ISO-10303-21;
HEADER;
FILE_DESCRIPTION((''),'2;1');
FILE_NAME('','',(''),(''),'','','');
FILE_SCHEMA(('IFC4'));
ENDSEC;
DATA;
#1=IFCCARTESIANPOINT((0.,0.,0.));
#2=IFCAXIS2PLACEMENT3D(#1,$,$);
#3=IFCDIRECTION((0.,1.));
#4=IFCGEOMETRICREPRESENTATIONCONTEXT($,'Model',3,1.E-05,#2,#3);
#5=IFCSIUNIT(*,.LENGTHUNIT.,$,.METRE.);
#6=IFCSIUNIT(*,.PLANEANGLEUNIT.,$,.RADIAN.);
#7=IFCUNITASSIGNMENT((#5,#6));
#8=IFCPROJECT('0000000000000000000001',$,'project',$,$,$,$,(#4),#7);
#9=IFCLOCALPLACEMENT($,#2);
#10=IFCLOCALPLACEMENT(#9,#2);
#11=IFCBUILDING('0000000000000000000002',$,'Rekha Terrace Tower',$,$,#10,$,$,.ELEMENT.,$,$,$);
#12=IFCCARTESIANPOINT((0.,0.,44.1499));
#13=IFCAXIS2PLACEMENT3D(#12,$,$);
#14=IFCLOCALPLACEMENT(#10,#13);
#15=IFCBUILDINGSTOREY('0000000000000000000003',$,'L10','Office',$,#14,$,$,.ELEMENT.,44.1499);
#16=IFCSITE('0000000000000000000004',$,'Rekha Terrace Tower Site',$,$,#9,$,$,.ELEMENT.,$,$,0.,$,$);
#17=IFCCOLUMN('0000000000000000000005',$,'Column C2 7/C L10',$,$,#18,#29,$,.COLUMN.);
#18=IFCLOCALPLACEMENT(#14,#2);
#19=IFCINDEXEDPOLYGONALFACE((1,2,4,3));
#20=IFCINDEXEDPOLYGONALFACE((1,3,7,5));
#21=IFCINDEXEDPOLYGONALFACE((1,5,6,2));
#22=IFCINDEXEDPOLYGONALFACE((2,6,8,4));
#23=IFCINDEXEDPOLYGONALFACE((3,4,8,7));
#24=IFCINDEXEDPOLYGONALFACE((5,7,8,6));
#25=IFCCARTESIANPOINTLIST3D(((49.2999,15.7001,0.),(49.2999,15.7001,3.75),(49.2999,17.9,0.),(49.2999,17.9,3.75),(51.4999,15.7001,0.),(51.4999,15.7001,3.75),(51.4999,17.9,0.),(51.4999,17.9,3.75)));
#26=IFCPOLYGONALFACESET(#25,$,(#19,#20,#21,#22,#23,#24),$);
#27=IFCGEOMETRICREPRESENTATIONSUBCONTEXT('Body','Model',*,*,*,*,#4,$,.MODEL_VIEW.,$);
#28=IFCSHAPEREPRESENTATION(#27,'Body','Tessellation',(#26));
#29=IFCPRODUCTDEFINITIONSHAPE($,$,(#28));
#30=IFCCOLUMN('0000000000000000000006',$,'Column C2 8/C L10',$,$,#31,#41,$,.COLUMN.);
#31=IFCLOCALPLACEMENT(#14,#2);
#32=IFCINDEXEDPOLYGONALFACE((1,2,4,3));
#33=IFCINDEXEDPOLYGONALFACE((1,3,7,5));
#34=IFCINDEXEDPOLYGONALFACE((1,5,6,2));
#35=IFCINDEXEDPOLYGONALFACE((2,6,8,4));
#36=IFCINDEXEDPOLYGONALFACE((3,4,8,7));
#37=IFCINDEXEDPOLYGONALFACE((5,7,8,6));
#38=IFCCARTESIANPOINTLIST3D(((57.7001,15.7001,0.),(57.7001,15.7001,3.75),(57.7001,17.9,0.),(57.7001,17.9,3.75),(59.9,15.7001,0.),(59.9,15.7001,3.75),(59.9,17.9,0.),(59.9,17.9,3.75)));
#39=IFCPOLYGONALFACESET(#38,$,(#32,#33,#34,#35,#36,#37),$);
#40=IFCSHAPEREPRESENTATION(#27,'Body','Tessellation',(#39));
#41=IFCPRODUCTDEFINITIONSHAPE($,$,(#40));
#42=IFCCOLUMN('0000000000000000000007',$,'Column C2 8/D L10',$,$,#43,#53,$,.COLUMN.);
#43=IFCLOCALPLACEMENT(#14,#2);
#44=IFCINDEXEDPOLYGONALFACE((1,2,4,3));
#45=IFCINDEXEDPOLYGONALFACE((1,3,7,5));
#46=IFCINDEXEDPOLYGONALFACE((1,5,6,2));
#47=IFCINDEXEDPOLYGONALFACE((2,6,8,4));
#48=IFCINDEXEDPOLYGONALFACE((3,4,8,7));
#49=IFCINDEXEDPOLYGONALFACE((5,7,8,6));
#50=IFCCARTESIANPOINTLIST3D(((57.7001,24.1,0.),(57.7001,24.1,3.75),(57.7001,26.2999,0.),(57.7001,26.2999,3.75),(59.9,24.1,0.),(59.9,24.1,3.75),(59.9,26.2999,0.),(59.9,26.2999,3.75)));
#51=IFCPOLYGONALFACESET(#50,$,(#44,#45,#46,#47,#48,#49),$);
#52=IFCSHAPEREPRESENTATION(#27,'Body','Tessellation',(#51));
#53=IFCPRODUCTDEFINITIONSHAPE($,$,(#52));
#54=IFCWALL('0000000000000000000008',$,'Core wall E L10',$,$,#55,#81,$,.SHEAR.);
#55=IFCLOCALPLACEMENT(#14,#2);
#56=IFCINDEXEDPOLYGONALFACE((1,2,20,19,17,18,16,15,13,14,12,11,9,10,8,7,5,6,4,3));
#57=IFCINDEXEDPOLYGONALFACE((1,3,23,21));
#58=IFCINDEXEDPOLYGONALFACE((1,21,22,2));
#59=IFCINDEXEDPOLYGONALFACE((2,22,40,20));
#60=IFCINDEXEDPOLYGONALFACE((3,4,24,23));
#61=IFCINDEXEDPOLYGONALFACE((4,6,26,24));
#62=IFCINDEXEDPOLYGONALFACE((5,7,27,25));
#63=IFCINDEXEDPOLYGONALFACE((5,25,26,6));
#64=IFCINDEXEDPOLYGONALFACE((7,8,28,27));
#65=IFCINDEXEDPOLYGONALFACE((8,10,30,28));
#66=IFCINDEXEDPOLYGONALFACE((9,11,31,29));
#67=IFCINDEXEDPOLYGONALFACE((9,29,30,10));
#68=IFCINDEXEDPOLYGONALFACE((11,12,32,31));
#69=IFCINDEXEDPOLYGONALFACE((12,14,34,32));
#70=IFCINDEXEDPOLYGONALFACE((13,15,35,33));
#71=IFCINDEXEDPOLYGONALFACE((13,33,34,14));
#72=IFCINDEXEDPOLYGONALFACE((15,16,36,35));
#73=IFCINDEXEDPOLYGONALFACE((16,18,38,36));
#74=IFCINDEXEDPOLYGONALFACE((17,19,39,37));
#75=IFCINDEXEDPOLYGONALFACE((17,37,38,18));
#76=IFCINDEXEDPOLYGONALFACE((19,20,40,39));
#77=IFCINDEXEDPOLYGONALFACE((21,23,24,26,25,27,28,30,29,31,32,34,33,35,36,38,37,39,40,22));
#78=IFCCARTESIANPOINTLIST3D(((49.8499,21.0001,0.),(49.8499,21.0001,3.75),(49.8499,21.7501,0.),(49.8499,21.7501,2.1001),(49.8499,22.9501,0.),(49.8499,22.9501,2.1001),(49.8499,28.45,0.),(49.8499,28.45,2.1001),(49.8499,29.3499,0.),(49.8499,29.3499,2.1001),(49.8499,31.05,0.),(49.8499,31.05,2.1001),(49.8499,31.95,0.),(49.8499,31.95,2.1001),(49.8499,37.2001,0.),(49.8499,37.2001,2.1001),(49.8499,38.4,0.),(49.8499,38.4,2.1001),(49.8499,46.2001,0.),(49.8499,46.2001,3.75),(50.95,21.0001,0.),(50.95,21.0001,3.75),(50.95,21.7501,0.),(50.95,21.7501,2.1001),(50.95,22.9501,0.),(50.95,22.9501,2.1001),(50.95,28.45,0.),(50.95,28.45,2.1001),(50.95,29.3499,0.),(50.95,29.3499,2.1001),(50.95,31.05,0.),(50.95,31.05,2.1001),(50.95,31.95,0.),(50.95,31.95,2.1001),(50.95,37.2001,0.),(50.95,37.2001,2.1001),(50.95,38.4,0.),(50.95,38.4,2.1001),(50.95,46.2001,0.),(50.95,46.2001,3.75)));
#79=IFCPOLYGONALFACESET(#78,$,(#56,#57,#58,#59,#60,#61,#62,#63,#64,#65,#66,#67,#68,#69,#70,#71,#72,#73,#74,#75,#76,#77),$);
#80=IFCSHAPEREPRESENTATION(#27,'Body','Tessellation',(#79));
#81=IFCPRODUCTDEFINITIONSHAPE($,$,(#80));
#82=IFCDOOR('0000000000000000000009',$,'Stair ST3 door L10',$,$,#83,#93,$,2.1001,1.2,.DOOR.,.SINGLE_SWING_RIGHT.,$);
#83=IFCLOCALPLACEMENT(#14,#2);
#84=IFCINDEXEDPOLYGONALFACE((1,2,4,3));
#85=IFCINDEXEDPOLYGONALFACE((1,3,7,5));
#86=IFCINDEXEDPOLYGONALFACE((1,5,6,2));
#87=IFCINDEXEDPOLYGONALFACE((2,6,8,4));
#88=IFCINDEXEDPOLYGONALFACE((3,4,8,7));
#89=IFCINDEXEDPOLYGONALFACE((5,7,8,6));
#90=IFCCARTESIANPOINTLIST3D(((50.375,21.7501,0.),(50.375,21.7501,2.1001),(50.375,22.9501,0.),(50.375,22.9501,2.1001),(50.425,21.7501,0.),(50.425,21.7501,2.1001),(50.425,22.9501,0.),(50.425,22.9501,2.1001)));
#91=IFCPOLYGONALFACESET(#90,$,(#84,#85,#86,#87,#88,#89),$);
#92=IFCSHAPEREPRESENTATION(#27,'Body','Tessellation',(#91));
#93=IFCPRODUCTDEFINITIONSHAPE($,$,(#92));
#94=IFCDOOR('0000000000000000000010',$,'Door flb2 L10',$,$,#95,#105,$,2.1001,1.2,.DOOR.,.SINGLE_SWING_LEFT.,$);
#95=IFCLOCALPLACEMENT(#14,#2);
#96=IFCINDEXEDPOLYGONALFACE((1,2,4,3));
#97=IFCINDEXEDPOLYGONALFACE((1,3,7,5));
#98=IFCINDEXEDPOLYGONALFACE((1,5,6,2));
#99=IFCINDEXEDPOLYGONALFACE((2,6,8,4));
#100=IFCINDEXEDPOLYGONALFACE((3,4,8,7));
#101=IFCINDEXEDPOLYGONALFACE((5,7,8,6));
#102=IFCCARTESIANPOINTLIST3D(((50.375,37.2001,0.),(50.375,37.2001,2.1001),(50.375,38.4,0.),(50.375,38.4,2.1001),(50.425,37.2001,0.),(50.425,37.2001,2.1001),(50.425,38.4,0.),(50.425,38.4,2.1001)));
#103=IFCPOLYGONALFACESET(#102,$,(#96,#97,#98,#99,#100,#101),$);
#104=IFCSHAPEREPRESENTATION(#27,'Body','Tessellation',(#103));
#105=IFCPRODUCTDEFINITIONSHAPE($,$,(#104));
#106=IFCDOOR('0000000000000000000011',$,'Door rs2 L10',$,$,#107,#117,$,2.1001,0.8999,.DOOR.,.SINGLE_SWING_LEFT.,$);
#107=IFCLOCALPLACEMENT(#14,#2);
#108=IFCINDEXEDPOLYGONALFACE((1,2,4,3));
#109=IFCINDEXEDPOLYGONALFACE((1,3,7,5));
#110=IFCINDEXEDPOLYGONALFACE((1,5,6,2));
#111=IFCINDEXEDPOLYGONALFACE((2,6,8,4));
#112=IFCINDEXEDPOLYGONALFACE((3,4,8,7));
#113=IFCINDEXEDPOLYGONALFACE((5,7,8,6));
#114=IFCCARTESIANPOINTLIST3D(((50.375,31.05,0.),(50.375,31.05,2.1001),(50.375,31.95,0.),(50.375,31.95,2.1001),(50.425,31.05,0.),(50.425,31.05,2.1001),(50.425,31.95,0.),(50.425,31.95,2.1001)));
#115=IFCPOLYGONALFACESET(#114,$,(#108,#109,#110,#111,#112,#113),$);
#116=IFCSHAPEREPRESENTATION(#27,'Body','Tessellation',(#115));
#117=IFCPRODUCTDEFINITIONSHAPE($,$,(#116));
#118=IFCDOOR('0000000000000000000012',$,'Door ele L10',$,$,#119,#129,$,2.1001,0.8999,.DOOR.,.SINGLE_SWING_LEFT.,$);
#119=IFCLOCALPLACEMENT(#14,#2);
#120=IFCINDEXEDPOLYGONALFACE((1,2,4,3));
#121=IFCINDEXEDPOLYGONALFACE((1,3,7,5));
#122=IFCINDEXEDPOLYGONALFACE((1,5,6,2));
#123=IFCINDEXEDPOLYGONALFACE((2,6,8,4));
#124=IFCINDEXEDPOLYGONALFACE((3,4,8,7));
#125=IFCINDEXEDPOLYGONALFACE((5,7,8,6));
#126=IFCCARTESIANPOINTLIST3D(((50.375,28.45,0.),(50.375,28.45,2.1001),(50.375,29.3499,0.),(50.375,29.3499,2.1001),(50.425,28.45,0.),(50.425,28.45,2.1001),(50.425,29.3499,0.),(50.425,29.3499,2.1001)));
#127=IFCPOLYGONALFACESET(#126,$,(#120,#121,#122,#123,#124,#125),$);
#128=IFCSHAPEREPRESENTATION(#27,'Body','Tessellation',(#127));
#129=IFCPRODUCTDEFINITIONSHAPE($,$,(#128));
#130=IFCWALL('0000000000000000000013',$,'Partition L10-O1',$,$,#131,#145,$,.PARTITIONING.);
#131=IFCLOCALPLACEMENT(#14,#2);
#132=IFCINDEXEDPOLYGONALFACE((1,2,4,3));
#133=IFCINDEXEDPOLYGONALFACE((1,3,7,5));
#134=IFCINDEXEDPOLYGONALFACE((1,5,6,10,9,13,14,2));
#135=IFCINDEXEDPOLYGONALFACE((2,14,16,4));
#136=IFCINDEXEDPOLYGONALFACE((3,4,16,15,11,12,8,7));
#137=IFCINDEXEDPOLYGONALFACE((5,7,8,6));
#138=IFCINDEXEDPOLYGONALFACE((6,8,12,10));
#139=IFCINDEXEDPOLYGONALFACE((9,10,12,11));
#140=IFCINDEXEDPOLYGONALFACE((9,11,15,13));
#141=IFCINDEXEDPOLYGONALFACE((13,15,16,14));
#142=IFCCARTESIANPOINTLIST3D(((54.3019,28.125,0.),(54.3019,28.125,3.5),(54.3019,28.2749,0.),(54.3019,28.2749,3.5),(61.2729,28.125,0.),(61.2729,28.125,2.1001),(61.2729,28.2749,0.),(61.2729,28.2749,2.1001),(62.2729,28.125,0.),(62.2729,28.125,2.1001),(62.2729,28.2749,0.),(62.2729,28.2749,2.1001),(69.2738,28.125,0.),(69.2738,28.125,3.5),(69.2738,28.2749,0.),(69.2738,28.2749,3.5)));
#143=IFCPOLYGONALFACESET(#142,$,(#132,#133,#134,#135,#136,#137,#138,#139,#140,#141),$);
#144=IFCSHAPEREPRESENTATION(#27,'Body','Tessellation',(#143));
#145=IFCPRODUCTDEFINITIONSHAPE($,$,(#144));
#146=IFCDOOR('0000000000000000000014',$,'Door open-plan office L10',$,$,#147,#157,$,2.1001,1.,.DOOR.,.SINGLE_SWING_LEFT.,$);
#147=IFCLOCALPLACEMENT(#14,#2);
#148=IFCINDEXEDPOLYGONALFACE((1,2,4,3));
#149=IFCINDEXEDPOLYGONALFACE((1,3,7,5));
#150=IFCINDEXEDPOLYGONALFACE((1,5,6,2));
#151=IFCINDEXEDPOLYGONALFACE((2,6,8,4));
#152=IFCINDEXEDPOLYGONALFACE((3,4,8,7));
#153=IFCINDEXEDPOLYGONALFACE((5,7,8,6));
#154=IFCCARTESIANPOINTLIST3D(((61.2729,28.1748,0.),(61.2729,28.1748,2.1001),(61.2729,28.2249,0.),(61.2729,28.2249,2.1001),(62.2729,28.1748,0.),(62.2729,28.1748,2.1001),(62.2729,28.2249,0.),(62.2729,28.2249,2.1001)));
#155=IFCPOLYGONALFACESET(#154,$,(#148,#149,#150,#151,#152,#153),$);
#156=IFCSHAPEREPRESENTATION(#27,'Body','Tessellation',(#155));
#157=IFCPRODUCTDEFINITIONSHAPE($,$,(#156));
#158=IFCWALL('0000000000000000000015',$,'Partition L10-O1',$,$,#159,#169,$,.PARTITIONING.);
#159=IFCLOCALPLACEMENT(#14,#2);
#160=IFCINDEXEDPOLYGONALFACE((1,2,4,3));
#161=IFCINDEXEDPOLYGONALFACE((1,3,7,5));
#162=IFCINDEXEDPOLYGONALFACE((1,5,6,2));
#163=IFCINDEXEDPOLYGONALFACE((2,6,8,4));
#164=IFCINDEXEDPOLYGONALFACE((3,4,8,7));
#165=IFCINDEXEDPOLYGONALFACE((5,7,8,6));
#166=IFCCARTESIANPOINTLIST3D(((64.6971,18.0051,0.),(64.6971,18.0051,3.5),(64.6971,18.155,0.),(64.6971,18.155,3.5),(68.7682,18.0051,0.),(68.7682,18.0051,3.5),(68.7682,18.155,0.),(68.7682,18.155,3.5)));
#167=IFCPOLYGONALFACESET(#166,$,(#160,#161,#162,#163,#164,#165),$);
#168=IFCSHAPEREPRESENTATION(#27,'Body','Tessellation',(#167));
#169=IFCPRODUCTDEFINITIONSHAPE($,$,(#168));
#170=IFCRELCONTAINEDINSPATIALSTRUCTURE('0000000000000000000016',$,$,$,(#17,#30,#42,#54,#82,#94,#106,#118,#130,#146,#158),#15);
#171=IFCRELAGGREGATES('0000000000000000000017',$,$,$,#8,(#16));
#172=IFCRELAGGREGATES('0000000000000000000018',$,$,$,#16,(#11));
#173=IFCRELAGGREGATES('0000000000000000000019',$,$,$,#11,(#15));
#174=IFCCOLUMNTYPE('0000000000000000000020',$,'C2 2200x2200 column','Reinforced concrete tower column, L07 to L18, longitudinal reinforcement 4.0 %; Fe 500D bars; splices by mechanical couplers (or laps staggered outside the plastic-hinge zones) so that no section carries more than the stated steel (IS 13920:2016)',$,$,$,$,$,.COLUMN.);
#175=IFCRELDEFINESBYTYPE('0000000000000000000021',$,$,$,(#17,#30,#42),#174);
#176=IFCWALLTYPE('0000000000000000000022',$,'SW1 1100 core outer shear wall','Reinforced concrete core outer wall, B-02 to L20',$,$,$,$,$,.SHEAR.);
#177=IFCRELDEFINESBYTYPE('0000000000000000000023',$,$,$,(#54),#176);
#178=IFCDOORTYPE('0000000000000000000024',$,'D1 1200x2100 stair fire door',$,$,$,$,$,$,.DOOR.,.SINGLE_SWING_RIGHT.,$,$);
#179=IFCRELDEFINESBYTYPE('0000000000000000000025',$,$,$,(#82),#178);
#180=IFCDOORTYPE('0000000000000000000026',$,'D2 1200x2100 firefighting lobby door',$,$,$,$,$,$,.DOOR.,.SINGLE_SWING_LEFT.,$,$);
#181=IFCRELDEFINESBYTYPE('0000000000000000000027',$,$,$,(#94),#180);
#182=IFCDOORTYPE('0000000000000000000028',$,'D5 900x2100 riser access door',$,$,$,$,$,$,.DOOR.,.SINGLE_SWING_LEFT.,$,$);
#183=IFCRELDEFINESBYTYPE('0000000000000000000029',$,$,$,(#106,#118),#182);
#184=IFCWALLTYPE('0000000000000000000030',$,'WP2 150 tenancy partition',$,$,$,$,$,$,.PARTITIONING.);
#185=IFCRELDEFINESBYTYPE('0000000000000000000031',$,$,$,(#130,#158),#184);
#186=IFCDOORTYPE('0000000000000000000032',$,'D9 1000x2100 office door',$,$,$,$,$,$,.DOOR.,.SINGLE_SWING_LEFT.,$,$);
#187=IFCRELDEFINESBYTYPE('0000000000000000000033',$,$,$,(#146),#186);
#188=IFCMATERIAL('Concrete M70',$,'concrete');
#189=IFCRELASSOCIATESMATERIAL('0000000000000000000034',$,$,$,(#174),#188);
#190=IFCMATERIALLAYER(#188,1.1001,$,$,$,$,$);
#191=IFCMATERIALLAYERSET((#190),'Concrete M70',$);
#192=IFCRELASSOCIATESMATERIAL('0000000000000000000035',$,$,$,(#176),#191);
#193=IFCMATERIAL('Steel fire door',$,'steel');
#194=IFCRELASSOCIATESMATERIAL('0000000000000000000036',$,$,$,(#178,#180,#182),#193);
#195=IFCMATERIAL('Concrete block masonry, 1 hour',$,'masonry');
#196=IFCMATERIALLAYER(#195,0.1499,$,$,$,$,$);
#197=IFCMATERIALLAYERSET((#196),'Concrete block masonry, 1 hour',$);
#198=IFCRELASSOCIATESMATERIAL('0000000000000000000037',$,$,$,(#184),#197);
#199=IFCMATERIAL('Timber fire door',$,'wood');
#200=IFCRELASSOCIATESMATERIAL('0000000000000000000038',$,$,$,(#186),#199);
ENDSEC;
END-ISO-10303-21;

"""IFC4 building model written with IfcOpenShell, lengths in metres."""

from ifc_helpers import new_model, si_unit, direction, frame, frame_2d, origin, origin_2d, place, context, subcontext, project, spatial, rectangle, extrude, material, layer, layer_set, material_profile, profile_set, type_object, element, fill, save


model = new_model("IFC4")

# Units and contexts
model_context = context("Model", 3, precision=1e-05, world=origin(), true_north=direction((0.0, 1.0)))
body_context = subcontext(model_context, "Body", "Model", "MODEL_VIEW")
ifc_project = project(units=[si_unit("LENGTHUNIT", "METRE"), si_unit("PLANEANGLEUNIT", "RADIAN")], contexts=[model_context])

# Site, building, storey
site_placement = place(None, origin())
site = spatial("IfcSite", under=ifc_project, at=site_placement, Name="Rekha Terrace Tower Site", CompositionType="ELEMENT", RefElevation=0.0)
building_placement = place(site_placement, origin())
building = spatial("IfcBuilding", under=site, at=building_placement, Name="Rekha Terrace Tower", CompositionType="ELEMENT")
storey_placement = place(building_placement, frame((0.0, 0.0, 44.1499)))
storey = spatial("IfcBuildingStorey", under=building, at=storey_placement, Name="L10", Description="Office", CompositionType="ELEMENT", Elevation=44.1499)

# Columns
ifc_material_1 = material(Name="Concrete M70", Category="concrete")
ifc_material_profile = material_profile(ifc_material_1, rectangle(XDim=2.2, YDim=2.2, at=origin_2d()), Name="RC 2200x2200")
ifc_profile_set = profile_set([ifc_material_profile], Name="Concrete M70")
column_type = type_object("IfcColumnType", Name="C2 2200x2200 column", Description="Reinforced concrete tower column, L07 to L18, longitudinal reinforcement 4.0 %; Fe 500D bars; splices by mechanical couplers (or laps staggered outside the plastic-hinge zones) so that no section carries more than the stated steel (IS 13920:2016)", PredefinedType="COLUMN", material=ifc_profile_set)
for number, where, z_axis, x_axis, name in (
    (1, (50.3999, 16.8, 0.0), (0.0, 0.0, 1.0), (1.0, 0.0, 0.0), "Column C2 7/C L10"),
    (2, (58.8, 16.8, 0.0), (0.0, 0.0, 1.0), (1.0, 0.0, 0.0), "Column C2 8/C L10"),
    (3, (58.8, 25.2, 0.0), (0.0, 0.0, 1.0), (1.0, 0.0, 0.0), "Column C2 8/D L10"),
):
    element("IfcColumn", number, at=place(storey_placement, frame(where, z_axis=z_axis, x_axis=x_axis)), inside=storey, type_object=column_type, Name=name, PredefinedType="COLUMN", context=body_context, shape_type="SweptSolid", body=[
        extrude(rectangle(XDim=2.2, YDim=2.2, at=origin_2d()), origin(), (0.0, 0.0, 1.0), 3.75),
    ])

# Wall, openings, doors
ifc_layer_1 = layer(ifc_material_1, 1.1001)
ifc_layer_set_1 = layer_set([ifc_layer_1], Name="Concrete M70")
wall_type_1 = type_object("IfcWallType", Name="SW1 1100 core outer shear wall", Description="Reinforced concrete core outer wall, B-02 to L20", PredefinedType="SHEAR", material=ifc_layer_set_1)
wall_1_placement = place(storey_placement, frame((50.3999, 21.0, 0.0), z_axis=(0.0, 0.0, 1.0), x_axis=(0.0, 1.0, 0.0)))
wall_1 = element("IfcWall", 4, at=wall_1_placement, inside=storey, type_object=wall_type_1, Name="Core wall E L10", PredefinedType="SHEAR", context=body_context, shape_type="SweptSolid", body=[
    extrude(rectangle(XDim=25.2, YDim=1.1001, at=frame_2d((12.6001, 0.0))), origin(), (0.0, 0.0, 1.0), 3.75),
])
opening_1_placement = place(wall_1_placement, frame((16.2, 0.0, 0.0)))
opening_1 = element("IfcOpeningElement", 5, at=opening_1_placement, cuts=wall_1, PredefinedType="OPENING", context=body_context, shape_type="SweptSolid", body=[
    extrude(rectangle(XDim=1.2, YDim=2.1001, at=frame_2d((0.6001, 1.05))), frame((0.0, 0.5601, 0.0), z_axis=(0.0, -1.0, 0.0), x_axis=(1.0, 0.0, 0.0)), (0.0, 0.0, 1.0), 1.1201),
])
opening_2_placement = place(wall_1_placement, frame((10.05, 0.0, 0.0)))
opening_2 = element("IfcOpeningElement", 6, at=opening_2_placement, cuts=wall_1, PredefinedType="OPENING", context=body_context, shape_type="SweptSolid", body=[
    extrude(rectangle(XDim=0.8999, YDim=2.1001, at=frame_2d((0.45, 1.05))), frame((0.0, 0.5601, 0.0), z_axis=(0.0, -1.0, 0.0), x_axis=(1.0, 0.0, 0.0)), (0.0, 0.0, 1.0), 1.1201),
])
opening_3_placement = place(wall_1_placement, frame((7.45, 0.0, 0.0)))
opening_3 = element("IfcOpeningElement", 7, at=opening_3_placement, cuts=wall_1, PredefinedType="OPENING", context=body_context, shape_type="SweptSolid", body=[
    extrude(rectangle(XDim=0.8999, YDim=2.1001, at=frame_2d((0.45, 1.05))), frame((0.0, 0.5601, 0.0), z_axis=(0.0, -1.0, 0.0), x_axis=(1.0, 0.0, 0.0)), (0.0, 0.0, 1.0), 1.1201),
])
opening_4_placement = place(wall_1_placement, frame((0.75, 0.0, 0.0)))
opening_4 = element("IfcOpeningElement", 8, at=opening_4_placement, cuts=wall_1, PredefinedType="OPENING", context=body_context, shape_type="SweptSolid", body=[
    extrude(rectangle(XDim=1.2, YDim=2.1001, at=frame_2d((0.6001, 1.05))), frame((0.0, 0.5601, 0.0), z_axis=(0.0, -1.0, 0.0), x_axis=(1.0, 0.0, 0.0)), (0.0, 0.0, 1.0), 1.1201),
])
ifc_material_2 = material(Name="Steel fire door", Category="steel")
door_type_1 = type_object("IfcDoorType", Name="D1 1200x2100 stair fire door", OperationType="SINGLE_SWING_RIGHT", PredefinedType="DOOR", material=ifc_material_2)
door_1_placement = place(opening_4_placement, origin())
door_1 = element("IfcDoor", 9, at=door_1_placement, inside=storey, type_object=door_type_1, Name="Stair ST3 door L10", OperationType="SINGLE_SWING_RIGHT", OverallHeight=2.1001, OverallWidth=1.2, PredefinedType="DOOR", context=body_context, shape_type="SweptSolid", body=[
    extrude(rectangle(XDim=1.2, YDim=2.1001, at=frame_2d((0.6001, 1.05))), frame((0.0, 0.0249, 0.0), z_axis=(0.0, -1.0, 0.0), x_axis=(1.0, 0.0, 0.0)), (0.0, 0.0, 1.0), 0.05),
])
fill(opening_4, door_1)
door_type_2 = type_object("IfcDoorType", Name="D2 1200x2100 firefighting lobby door", OperationType="SINGLE_SWING_LEFT", PredefinedType="DOOR", material=ifc_material_2)
door_2_placement = place(opening_1_placement, origin())
door_2 = element("IfcDoor", 10, at=door_2_placement, inside=storey, type_object=door_type_2, Name="Door flb2 L10", OperationType="SINGLE_SWING_LEFT", OverallHeight=2.1001, OverallWidth=1.2, PredefinedType="DOOR", context=body_context, shape_type="SweptSolid", body=[
    extrude(rectangle(XDim=1.2, YDim=2.1001, at=frame_2d((0.6001, 1.05))), frame((0.0, 0.0249, 0.0), z_axis=(0.0, -1.0, 0.0), x_axis=(1.0, 0.0, 0.0)), (0.0, 0.0, 1.0), 0.05),
])
fill(opening_1, door_2)
door_type_3 = type_object("IfcDoorType", Name="D5 900x2100 riser access door", OperationType="SINGLE_SWING_LEFT", PredefinedType="DOOR", material=ifc_material_2)
door_3_placement = place(opening_2_placement, origin())
door_3 = element("IfcDoor", 11, at=door_3_placement, inside=storey, type_object=door_type_3, Name="Door rs2 L10", OperationType="SINGLE_SWING_LEFT", OverallHeight=2.1001, OverallWidth=0.8999, PredefinedType="DOOR", context=body_context, shape_type="SweptSolid", body=[
    extrude(rectangle(XDim=0.8999, YDim=2.1001, at=frame_2d((0.45, 1.05))), frame((0.0, 0.0249, 0.0), z_axis=(0.0, -1.0, 0.0), x_axis=(1.0, 0.0, 0.0)), (0.0, 0.0, 1.0), 0.05),
])
fill(opening_2, door_3)
door_4_placement = place(opening_3_placement, origin())
door_4 = element("IfcDoor", 12, at=door_4_placement, inside=storey, type_object=door_type_3, Name="Door ele L10", OperationType="SINGLE_SWING_LEFT", OverallHeight=2.1001, OverallWidth=0.8999, PredefinedType="DOOR", context=body_context, shape_type="SweptSolid", body=[
    extrude(rectangle(XDim=0.8999, YDim=2.1001, at=frame_2d((0.45, 1.05))), frame((0.0, 0.0249, 0.0), z_axis=(0.0, -1.0, 0.0), x_axis=(1.0, 0.0, 0.0)), (0.0, 0.0, 1.0), 0.05),
])
fill(opening_3, door_4)

# Wall, opening, door
ifc_material_3 = material(Name="Concrete block masonry, 1 hour", Category="masonry")
ifc_layer_2 = layer(ifc_material_3, 0.1499)
ifc_layer_set_2 = layer_set([ifc_layer_2], Name="Concrete block masonry, 1 hour")
wall_type_2 = type_object("IfcWallType", Name="WP2 150 tenancy partition", PredefinedType="PARTITIONING", material=ifc_layer_set_2)
wall_2_placement = place(storey_placement, frame((54.302, 28.2, 0.0), z_axis=(0.0, 0.0, 1.0), x_axis=(1.0, 0.0, 0.0)))
wall_2 = element("IfcWall", 13, at=wall_2_placement, inside=storey, type_object=wall_type_2, Name="Partition L10-O1", PredefinedType="PARTITIONING", context=body_context, shape_type="SweptSolid", body=[
    extrude(rectangle(XDim=14.9719, YDim=0.1499, at=frame_2d((7.4858, 0.0))), origin(), (0.0, 0.0, 1.0), 3.5),
])
opening_5_placement = place(wall_2_placement, frame((6.9709, 0.0, 0.0)))
opening_5 = element("IfcOpeningElement", 14, at=opening_5_placement, cuts=wall_2, PredefinedType="OPENING", context=body_context, shape_type="SweptSolid", body=[
    extrude(rectangle(XDim=1.0, YDim=2.1001, at=frame_2d((0.5, 1.05))), frame((0.0, 0.085, 0.0), z_axis=(0.0, -1.0, 0.0), x_axis=(1.0, 0.0, 0.0)), (0.0, 0.0, 1.0), 0.1699),
])
ifc_material_4 = material(Name="Timber fire door", Category="wood")
door_type_4 = type_object("IfcDoorType", Name="D9 1000x2100 office door", OperationType="SINGLE_SWING_LEFT", PredefinedType="DOOR", material=ifc_material_4)
door_5_placement = place(opening_5_placement, origin())
door_5 = element("IfcDoor", 15, at=door_5_placement, inside=storey, type_object=door_type_4, Name="Door open-plan office L10", OperationType="SINGLE_SWING_LEFT", OverallHeight=2.1001, OverallWidth=1.0, PredefinedType="DOOR", context=body_context, shape_type="SweptSolid", body=[
    extrude(rectangle(XDim=1.0, YDim=2.1001, at=frame_2d((0.5, 1.05))), frame((0.0, 0.0249, 0.0), z_axis=(0.0, -1.0, 0.0), x_axis=(1.0, 0.0, 0.0)), (0.0, 0.0, 1.0), 0.05),
])
fill(opening_5, door_5)

# Wall
wall_3_placement = place(storey_placement, frame((64.697, 18.0801, 0.0), z_axis=(0.0, 0.0, 1.0), x_axis=(1.0, 0.0, 0.0)))
element("IfcWall", 16, at=wall_3_placement, inside=storey, type_object=wall_type_2, Name="Partition L10-O1", PredefinedType="PARTITIONING", context=body_context, shape_type="SweptSolid", body=[
    extrude(rectangle(XDim=4.071, YDim=0.1499, at=frame_2d((2.0356, 0.0))), origin(), (0.0, 0.0, 1.0), 3.5),
])

save(model, "model.ifc")
